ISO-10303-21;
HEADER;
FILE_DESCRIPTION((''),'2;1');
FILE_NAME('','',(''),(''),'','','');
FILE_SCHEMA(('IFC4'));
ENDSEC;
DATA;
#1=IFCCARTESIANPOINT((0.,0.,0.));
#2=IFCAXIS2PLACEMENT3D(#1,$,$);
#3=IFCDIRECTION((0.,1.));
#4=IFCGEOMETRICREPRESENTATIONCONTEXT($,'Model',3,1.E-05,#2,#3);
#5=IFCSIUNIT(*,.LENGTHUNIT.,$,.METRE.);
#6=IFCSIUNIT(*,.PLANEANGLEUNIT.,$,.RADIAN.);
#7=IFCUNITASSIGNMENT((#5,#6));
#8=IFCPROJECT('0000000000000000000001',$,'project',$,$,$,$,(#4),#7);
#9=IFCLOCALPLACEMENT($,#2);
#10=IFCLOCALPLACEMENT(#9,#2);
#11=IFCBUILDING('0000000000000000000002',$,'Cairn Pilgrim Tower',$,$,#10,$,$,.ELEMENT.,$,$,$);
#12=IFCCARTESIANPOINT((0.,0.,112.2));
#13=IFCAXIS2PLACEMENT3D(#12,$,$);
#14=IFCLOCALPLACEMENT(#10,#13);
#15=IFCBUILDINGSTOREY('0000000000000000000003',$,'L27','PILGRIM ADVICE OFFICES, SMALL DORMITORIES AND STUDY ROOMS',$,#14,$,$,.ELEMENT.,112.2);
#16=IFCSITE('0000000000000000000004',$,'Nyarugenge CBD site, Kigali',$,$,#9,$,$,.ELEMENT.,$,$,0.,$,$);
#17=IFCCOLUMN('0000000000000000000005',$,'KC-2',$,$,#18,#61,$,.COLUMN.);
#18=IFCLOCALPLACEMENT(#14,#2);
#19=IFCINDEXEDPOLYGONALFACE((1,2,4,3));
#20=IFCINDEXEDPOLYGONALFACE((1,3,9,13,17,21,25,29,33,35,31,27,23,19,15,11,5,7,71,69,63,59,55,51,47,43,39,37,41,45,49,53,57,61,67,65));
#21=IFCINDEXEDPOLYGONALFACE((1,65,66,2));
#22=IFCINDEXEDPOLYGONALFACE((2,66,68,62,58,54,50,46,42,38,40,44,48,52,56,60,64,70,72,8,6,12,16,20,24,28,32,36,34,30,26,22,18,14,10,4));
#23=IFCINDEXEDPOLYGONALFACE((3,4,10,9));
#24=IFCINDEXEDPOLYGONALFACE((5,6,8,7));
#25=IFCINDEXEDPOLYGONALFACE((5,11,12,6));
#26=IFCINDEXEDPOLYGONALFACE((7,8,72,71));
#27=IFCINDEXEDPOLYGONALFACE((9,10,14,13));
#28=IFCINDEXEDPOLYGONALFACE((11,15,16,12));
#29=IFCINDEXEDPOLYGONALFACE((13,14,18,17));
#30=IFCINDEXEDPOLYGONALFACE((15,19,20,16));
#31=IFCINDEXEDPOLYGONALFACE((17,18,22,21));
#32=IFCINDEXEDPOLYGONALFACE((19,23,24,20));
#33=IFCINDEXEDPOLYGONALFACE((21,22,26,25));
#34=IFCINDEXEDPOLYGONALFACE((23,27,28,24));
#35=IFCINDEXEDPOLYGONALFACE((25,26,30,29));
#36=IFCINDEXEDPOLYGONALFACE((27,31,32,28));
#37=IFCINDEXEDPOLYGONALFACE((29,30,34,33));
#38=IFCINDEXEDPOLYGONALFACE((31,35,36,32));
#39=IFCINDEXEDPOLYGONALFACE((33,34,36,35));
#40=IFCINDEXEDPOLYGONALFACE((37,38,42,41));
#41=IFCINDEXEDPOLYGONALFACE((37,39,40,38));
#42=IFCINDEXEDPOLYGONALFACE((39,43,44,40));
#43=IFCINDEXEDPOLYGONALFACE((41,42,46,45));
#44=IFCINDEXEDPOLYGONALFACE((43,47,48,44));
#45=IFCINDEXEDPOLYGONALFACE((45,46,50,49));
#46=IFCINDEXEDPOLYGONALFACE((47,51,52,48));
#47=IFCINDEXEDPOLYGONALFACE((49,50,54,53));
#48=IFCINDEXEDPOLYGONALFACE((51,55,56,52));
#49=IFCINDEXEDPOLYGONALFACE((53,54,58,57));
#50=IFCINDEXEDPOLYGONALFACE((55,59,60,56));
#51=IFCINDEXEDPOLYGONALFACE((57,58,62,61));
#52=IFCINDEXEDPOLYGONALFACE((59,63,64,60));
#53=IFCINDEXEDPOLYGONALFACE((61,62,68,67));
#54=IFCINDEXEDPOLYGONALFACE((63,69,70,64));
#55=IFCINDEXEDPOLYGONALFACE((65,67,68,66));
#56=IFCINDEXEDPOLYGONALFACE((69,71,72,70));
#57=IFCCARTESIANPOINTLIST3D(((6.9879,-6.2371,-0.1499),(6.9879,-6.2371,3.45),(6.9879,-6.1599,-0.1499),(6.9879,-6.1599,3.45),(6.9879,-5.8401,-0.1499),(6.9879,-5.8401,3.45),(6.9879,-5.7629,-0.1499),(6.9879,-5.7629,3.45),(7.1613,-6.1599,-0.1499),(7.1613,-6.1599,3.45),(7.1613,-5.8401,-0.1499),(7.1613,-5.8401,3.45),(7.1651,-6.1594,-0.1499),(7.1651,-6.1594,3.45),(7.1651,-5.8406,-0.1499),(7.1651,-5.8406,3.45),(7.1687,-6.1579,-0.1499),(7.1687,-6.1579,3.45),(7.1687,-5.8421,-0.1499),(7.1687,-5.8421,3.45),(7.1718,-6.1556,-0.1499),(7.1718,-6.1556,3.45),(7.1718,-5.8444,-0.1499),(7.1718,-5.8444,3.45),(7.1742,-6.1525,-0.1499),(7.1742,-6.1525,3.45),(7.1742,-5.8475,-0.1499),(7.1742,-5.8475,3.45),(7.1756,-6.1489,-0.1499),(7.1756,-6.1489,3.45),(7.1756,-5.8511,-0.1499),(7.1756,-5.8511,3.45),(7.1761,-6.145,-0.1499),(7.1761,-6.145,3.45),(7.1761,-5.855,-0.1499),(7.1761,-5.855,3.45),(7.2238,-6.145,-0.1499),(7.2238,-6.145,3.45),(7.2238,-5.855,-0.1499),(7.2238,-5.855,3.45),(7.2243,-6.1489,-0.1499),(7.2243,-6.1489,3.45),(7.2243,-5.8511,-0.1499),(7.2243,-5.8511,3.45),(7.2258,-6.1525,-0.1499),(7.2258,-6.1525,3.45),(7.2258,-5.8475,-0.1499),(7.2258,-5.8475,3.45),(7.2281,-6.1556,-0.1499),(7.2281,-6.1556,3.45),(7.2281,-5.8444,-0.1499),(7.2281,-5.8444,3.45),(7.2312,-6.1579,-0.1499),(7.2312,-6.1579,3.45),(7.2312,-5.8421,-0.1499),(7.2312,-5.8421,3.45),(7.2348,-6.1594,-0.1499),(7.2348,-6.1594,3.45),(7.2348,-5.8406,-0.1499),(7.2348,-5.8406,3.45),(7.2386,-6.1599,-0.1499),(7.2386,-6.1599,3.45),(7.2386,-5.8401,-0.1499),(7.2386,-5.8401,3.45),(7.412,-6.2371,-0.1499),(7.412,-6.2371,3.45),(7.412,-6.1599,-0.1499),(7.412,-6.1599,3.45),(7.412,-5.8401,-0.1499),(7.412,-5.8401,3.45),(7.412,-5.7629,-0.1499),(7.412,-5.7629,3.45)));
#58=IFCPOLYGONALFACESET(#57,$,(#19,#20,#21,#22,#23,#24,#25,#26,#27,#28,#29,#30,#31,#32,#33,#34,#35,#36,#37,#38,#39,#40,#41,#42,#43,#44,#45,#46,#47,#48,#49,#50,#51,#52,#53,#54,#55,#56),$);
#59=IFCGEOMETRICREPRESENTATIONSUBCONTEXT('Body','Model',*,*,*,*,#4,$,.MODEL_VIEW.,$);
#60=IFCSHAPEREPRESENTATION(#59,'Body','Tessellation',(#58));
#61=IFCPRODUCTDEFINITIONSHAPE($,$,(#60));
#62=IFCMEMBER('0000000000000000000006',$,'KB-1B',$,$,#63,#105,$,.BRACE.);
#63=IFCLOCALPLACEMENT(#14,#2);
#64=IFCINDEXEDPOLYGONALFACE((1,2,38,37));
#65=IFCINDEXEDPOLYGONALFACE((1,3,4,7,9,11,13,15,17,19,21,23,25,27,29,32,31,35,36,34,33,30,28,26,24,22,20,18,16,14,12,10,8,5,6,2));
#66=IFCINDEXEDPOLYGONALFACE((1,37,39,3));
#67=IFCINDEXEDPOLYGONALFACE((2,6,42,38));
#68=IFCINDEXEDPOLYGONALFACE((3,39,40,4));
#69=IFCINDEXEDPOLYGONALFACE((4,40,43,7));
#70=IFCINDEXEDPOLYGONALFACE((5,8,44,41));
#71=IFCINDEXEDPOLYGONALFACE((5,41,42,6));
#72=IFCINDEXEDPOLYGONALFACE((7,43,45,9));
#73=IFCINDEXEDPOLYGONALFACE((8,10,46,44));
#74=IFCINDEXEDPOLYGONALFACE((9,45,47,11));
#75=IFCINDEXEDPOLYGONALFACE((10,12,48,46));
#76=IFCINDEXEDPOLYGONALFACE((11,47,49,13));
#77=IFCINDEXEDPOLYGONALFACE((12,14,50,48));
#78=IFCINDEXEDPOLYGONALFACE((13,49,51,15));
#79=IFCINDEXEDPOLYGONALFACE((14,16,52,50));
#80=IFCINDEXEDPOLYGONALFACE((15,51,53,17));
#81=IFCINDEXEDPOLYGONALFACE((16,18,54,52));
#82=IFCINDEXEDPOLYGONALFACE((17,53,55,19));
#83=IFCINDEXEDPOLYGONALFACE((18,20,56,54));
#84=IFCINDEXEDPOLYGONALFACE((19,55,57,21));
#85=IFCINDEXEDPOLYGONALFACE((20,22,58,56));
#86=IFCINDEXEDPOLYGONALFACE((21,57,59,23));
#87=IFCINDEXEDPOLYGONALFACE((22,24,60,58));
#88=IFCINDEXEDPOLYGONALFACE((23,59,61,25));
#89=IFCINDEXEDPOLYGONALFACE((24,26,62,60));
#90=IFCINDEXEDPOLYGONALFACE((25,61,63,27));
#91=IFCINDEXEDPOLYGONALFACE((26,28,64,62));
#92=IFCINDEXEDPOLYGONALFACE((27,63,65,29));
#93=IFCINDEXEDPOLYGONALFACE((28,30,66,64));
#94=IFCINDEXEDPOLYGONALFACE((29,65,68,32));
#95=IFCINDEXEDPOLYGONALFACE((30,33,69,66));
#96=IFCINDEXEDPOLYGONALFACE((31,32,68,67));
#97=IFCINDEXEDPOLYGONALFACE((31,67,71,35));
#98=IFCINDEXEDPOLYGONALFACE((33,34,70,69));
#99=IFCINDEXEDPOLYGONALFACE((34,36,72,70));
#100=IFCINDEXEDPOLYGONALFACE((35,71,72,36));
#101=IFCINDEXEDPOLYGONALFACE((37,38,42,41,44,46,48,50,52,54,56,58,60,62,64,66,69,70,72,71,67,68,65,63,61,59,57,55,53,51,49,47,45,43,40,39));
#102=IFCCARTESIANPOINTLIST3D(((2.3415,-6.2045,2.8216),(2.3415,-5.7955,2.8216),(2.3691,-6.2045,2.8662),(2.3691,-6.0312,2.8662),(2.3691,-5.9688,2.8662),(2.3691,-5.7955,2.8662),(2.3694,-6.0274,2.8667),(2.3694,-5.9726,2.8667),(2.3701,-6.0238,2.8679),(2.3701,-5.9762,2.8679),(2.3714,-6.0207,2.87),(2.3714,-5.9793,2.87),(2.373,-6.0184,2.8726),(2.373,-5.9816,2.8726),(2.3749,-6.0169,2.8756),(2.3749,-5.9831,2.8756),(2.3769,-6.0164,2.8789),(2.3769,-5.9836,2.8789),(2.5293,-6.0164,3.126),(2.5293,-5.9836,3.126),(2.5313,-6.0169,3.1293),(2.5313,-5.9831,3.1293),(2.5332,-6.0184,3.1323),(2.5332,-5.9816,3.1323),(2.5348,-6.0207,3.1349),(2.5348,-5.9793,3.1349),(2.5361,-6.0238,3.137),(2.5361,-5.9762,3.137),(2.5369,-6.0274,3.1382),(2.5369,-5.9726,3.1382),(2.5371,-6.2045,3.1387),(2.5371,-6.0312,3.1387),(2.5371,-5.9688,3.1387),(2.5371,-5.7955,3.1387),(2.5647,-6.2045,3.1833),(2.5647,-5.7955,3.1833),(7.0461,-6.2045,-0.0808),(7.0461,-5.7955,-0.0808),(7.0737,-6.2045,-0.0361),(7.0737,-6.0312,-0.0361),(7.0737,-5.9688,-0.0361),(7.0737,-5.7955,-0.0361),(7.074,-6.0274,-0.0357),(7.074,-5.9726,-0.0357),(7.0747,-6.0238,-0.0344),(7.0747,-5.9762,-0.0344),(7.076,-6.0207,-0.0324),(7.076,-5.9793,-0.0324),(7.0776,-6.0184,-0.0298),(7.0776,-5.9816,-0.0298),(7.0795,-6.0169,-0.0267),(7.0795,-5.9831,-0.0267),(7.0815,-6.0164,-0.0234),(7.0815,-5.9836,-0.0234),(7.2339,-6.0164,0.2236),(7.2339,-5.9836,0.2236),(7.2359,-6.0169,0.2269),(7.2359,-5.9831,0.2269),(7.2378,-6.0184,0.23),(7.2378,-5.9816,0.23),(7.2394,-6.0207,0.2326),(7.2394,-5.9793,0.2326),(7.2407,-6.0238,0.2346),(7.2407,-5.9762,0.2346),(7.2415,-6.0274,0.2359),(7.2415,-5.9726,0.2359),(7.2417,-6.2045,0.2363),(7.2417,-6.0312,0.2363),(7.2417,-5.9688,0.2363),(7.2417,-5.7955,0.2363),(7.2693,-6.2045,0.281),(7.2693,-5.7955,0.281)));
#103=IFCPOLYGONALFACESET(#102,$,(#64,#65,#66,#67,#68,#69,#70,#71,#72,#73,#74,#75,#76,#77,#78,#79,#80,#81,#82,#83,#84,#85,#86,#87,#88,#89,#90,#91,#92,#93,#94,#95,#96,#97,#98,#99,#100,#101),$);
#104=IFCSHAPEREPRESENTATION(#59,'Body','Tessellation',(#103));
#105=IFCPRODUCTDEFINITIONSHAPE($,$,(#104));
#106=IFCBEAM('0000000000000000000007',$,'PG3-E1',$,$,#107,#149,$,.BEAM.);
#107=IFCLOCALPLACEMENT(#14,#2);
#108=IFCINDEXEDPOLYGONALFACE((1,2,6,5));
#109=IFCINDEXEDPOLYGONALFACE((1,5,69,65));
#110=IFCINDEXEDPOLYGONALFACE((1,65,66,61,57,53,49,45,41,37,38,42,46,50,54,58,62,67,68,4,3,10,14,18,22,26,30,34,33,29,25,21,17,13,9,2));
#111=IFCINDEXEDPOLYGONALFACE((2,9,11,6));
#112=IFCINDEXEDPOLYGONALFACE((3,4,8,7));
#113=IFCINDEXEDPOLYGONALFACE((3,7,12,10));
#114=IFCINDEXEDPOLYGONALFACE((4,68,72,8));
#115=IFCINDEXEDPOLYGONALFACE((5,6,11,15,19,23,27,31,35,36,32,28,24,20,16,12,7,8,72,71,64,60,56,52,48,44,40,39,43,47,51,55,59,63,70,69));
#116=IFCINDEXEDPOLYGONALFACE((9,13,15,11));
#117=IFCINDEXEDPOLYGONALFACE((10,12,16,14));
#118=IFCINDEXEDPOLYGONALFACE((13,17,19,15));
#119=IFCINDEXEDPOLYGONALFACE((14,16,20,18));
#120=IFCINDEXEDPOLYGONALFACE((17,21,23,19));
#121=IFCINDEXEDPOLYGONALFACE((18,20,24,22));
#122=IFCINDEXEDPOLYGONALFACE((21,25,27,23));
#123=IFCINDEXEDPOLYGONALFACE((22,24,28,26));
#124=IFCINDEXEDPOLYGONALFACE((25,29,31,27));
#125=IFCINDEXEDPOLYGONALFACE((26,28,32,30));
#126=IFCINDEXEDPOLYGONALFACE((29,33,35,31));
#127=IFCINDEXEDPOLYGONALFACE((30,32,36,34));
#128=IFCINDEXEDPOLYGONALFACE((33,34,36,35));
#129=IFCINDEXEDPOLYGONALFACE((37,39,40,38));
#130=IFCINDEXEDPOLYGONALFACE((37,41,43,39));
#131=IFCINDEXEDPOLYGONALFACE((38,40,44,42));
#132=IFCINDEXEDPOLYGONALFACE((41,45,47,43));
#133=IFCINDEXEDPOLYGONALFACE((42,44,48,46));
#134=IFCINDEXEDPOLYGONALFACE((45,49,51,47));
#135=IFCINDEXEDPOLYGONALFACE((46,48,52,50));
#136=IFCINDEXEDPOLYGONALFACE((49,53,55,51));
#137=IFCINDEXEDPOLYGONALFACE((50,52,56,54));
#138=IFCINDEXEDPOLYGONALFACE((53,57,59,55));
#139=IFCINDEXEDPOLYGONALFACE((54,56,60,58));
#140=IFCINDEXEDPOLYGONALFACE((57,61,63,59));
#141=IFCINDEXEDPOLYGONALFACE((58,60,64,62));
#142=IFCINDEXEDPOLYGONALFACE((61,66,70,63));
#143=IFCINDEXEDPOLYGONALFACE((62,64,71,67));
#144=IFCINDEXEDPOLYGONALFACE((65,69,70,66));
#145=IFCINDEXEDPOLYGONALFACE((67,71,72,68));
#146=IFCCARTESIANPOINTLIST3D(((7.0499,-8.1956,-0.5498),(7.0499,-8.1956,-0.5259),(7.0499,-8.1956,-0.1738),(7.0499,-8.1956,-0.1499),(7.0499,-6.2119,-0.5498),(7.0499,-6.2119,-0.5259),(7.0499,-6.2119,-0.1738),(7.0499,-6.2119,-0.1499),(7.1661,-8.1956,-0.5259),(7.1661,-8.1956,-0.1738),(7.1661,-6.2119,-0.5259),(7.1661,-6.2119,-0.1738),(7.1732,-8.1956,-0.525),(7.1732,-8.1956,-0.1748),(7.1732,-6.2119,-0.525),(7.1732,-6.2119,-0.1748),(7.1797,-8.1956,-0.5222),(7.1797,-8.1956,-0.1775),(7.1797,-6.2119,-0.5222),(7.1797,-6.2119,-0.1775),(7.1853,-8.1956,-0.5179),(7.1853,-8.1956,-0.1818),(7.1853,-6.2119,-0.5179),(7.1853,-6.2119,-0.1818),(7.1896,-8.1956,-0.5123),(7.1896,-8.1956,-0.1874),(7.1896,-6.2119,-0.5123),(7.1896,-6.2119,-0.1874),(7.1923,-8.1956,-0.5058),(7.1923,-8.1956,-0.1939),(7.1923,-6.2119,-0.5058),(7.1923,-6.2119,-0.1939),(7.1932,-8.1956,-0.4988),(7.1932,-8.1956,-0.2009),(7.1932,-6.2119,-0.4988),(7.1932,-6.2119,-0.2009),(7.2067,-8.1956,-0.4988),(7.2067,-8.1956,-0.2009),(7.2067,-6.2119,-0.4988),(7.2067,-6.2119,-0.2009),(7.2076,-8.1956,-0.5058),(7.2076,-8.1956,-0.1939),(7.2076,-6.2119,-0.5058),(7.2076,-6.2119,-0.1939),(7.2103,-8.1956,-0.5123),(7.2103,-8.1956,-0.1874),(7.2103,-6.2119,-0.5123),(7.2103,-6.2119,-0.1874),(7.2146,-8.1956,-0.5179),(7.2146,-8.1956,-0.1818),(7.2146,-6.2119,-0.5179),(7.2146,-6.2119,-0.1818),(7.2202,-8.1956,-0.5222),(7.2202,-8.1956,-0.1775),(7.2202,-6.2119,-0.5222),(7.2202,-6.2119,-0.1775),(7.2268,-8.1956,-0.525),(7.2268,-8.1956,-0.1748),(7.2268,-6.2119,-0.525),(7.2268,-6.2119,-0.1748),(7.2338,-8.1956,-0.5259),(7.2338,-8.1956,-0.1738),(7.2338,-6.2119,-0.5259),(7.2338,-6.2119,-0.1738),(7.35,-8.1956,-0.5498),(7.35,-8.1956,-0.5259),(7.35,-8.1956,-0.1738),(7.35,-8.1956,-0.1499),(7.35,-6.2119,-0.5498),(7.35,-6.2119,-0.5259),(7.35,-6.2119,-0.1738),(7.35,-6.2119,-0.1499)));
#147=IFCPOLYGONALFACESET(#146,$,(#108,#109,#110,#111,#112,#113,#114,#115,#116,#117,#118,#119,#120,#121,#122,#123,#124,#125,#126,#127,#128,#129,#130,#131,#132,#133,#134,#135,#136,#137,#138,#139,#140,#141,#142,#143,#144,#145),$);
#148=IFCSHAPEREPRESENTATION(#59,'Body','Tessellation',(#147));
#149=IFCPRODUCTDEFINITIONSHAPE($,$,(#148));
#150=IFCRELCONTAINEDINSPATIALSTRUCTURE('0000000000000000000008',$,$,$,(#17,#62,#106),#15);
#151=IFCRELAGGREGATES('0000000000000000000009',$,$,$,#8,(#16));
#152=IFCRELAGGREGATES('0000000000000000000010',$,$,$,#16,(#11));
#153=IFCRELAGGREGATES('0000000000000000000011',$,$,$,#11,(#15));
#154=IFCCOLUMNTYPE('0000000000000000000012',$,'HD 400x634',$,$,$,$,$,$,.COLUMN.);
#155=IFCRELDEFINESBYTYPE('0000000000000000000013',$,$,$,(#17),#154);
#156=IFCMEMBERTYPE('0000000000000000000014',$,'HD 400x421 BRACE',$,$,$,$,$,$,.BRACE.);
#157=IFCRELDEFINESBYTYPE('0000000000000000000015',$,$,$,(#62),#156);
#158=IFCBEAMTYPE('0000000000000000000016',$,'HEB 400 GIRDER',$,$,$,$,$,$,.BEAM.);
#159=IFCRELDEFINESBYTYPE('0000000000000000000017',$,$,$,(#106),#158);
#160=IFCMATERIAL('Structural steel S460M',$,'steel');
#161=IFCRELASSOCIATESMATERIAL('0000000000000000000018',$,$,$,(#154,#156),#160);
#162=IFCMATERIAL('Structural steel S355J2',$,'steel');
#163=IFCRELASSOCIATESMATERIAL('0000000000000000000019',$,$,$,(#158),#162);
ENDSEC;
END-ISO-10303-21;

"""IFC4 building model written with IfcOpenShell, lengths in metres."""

from ifc_helpers import new_model, si_unit, direction, frame, origin, origin_2d, place, context, subcontext, project, spatial, i_section, extrude, material, material_profile, profile_set, type_object, element, save


model = new_model("IFC4")

# Units and contexts
model_context = context("Model", 3, precision=1e-05, world=origin(), true_north=direction((0.0, 1.0)))
body_context = subcontext(model_context, "Body", "Model", "MODEL_VIEW")
ifc_project = project(units=[si_unit("LENGTHUNIT", "METRE"), si_unit("PLANEANGLEUNIT", "RADIAN")], contexts=[model_context])

# Site, building, storey
site_placement = place(None, origin())
site = spatial("IfcSite", under=ifc_project, at=site_placement, Name="Nyarugenge CBD site, Kigali", CompositionType="ELEMENT", RefElevation=0.0)
building_placement = place(site_placement, origin())
building = spatial("IfcBuilding", under=site, at=building_placement, Name="Cairn Pilgrim Tower", CompositionType="ELEMENT")
storey_placement = place(building_placement, frame((0.0, 0.0, 112.2)))
storey = spatial("IfcBuildingStorey", under=building, at=storey_placement, Name="L27", Description="PILGRIM ADVICE OFFICES, SMALL DORMITORIES AND STUDY ROOMS", CompositionType="ELEMENT", Elevation=112.2)

# Column
ifc_material_1 = material(Name="Structural steel S460M", Category="steel")
ifc_material_profile_1 = material_profile(ifc_material_1, i_section(OverallWidth=0.4241, OverallDepth=0.4741, WebThickness=0.0476, FlangeThickness=0.0771, FilletRadius=0.0149, at=origin_2d()), Name="HD 400x634")
ifc_profile_set_1 = profile_set([ifc_material_profile_1], Name="Structural steel S460M")
column_type = type_object("IfcColumnType", Name="HD 400x634", PredefinedType="COLUMN", material=ifc_profile_set_1)
column_placement = place(storey_placement, frame((7.2, -6.0, -0.1499), z_axis=(0.0, 0.0, 1.0), x_axis=(1.0, 0.0, 0.0)))
element("IfcColumn", 1, at=column_placement, inside=storey, type_object=column_type, Name="KC-2", PredefinedType="COLUMN", context=body_context, shape_type="SweptSolid", body=[
    extrude(i_section(OverallWidth=0.4241, OverallDepth=0.4741, WebThickness=0.0476, FlangeThickness=0.0771, FilletRadius=0.0149, at=origin_2d()), origin(), (0.0, 0.0, 1.0), 3.5999),
])

# Member
ifc_material_profile_2 = material_profile(ifc_material_1, i_section(OverallWidth=0.4089, OverallDepth=0.425, WebThickness=0.0327, FlangeThickness=0.0525, FilletRadius=0.0149, at=origin_2d()), Name="HD 400x421")
ifc_profile_set_2 = profile_set([ifc_material_profile_2], Name="Structural steel S460M")
member_type = type_object("IfcMemberType", Name="HD 400x421 BRACE", PredefinedType="BRACE", material=ifc_profile_set_2)
member_placement = place(storey_placement, frame((7.1577, -6.0, 0.1001), z_axis=(-0.851075, 0.0, 0.525043), x_axis=(0.0, -1.0, 0.0)))
element("IfcMember", 2, at=member_placement, inside=storey, type_object=member_type, Name="KB-1B", PredefinedType="BRACE", context=body_context, shape_type="SweptSolid", body=[
    extrude(i_section(OverallWidth=0.4089, OverallDepth=0.425, WebThickness=0.0327, FlangeThickness=0.0525, FilletRadius=0.0149, at=origin_2d()), origin(), (0.0, 0.0, 1.0), 5.5278),
])

# Beam
ifc_material_2 = material(Name="Structural steel S355J2", Category="steel")
ifc_material_profile_3 = material_profile(ifc_material_2, i_section(OverallWidth=0.3, OverallDepth=0.3999, WebThickness=0.0134, FlangeThickness=0.0239, FilletRadius=0.0271, at=origin_2d()), Name="HEB 400")
ifc_profile_set_3 = profile_set([ifc_material_profile_3], Name="Structural steel S355J2")
beam_type_1 = type_object("IfcBeamType", Name="HEB 400 GIRDER", PredefinedType="BEAM", material=ifc_profile_set_3)
beam_1_placement = place(storey_placement, frame((7.2, -8.1956, -0.3499), z_axis=(0.0, 1.0, 0.0), x_axis=(-1.0, 0.0, 0.0)))
element("IfcBeam", 3, at=beam_1_placement, inside=storey, type_object=beam_type_1, Name="PG3-E1", PredefinedType="BEAM", context=body_context, shape_type="SweptSolid", body=[
    extrude(i_section(OverallWidth=0.3, OverallDepth=0.3999, WebThickness=0.0134, FlangeThickness=0.0239, FilletRadius=0.0271, at=origin_2d()), origin(), (0.0, 0.0, 1.0), 1.9836),
])

save(model, "model.ifc")
